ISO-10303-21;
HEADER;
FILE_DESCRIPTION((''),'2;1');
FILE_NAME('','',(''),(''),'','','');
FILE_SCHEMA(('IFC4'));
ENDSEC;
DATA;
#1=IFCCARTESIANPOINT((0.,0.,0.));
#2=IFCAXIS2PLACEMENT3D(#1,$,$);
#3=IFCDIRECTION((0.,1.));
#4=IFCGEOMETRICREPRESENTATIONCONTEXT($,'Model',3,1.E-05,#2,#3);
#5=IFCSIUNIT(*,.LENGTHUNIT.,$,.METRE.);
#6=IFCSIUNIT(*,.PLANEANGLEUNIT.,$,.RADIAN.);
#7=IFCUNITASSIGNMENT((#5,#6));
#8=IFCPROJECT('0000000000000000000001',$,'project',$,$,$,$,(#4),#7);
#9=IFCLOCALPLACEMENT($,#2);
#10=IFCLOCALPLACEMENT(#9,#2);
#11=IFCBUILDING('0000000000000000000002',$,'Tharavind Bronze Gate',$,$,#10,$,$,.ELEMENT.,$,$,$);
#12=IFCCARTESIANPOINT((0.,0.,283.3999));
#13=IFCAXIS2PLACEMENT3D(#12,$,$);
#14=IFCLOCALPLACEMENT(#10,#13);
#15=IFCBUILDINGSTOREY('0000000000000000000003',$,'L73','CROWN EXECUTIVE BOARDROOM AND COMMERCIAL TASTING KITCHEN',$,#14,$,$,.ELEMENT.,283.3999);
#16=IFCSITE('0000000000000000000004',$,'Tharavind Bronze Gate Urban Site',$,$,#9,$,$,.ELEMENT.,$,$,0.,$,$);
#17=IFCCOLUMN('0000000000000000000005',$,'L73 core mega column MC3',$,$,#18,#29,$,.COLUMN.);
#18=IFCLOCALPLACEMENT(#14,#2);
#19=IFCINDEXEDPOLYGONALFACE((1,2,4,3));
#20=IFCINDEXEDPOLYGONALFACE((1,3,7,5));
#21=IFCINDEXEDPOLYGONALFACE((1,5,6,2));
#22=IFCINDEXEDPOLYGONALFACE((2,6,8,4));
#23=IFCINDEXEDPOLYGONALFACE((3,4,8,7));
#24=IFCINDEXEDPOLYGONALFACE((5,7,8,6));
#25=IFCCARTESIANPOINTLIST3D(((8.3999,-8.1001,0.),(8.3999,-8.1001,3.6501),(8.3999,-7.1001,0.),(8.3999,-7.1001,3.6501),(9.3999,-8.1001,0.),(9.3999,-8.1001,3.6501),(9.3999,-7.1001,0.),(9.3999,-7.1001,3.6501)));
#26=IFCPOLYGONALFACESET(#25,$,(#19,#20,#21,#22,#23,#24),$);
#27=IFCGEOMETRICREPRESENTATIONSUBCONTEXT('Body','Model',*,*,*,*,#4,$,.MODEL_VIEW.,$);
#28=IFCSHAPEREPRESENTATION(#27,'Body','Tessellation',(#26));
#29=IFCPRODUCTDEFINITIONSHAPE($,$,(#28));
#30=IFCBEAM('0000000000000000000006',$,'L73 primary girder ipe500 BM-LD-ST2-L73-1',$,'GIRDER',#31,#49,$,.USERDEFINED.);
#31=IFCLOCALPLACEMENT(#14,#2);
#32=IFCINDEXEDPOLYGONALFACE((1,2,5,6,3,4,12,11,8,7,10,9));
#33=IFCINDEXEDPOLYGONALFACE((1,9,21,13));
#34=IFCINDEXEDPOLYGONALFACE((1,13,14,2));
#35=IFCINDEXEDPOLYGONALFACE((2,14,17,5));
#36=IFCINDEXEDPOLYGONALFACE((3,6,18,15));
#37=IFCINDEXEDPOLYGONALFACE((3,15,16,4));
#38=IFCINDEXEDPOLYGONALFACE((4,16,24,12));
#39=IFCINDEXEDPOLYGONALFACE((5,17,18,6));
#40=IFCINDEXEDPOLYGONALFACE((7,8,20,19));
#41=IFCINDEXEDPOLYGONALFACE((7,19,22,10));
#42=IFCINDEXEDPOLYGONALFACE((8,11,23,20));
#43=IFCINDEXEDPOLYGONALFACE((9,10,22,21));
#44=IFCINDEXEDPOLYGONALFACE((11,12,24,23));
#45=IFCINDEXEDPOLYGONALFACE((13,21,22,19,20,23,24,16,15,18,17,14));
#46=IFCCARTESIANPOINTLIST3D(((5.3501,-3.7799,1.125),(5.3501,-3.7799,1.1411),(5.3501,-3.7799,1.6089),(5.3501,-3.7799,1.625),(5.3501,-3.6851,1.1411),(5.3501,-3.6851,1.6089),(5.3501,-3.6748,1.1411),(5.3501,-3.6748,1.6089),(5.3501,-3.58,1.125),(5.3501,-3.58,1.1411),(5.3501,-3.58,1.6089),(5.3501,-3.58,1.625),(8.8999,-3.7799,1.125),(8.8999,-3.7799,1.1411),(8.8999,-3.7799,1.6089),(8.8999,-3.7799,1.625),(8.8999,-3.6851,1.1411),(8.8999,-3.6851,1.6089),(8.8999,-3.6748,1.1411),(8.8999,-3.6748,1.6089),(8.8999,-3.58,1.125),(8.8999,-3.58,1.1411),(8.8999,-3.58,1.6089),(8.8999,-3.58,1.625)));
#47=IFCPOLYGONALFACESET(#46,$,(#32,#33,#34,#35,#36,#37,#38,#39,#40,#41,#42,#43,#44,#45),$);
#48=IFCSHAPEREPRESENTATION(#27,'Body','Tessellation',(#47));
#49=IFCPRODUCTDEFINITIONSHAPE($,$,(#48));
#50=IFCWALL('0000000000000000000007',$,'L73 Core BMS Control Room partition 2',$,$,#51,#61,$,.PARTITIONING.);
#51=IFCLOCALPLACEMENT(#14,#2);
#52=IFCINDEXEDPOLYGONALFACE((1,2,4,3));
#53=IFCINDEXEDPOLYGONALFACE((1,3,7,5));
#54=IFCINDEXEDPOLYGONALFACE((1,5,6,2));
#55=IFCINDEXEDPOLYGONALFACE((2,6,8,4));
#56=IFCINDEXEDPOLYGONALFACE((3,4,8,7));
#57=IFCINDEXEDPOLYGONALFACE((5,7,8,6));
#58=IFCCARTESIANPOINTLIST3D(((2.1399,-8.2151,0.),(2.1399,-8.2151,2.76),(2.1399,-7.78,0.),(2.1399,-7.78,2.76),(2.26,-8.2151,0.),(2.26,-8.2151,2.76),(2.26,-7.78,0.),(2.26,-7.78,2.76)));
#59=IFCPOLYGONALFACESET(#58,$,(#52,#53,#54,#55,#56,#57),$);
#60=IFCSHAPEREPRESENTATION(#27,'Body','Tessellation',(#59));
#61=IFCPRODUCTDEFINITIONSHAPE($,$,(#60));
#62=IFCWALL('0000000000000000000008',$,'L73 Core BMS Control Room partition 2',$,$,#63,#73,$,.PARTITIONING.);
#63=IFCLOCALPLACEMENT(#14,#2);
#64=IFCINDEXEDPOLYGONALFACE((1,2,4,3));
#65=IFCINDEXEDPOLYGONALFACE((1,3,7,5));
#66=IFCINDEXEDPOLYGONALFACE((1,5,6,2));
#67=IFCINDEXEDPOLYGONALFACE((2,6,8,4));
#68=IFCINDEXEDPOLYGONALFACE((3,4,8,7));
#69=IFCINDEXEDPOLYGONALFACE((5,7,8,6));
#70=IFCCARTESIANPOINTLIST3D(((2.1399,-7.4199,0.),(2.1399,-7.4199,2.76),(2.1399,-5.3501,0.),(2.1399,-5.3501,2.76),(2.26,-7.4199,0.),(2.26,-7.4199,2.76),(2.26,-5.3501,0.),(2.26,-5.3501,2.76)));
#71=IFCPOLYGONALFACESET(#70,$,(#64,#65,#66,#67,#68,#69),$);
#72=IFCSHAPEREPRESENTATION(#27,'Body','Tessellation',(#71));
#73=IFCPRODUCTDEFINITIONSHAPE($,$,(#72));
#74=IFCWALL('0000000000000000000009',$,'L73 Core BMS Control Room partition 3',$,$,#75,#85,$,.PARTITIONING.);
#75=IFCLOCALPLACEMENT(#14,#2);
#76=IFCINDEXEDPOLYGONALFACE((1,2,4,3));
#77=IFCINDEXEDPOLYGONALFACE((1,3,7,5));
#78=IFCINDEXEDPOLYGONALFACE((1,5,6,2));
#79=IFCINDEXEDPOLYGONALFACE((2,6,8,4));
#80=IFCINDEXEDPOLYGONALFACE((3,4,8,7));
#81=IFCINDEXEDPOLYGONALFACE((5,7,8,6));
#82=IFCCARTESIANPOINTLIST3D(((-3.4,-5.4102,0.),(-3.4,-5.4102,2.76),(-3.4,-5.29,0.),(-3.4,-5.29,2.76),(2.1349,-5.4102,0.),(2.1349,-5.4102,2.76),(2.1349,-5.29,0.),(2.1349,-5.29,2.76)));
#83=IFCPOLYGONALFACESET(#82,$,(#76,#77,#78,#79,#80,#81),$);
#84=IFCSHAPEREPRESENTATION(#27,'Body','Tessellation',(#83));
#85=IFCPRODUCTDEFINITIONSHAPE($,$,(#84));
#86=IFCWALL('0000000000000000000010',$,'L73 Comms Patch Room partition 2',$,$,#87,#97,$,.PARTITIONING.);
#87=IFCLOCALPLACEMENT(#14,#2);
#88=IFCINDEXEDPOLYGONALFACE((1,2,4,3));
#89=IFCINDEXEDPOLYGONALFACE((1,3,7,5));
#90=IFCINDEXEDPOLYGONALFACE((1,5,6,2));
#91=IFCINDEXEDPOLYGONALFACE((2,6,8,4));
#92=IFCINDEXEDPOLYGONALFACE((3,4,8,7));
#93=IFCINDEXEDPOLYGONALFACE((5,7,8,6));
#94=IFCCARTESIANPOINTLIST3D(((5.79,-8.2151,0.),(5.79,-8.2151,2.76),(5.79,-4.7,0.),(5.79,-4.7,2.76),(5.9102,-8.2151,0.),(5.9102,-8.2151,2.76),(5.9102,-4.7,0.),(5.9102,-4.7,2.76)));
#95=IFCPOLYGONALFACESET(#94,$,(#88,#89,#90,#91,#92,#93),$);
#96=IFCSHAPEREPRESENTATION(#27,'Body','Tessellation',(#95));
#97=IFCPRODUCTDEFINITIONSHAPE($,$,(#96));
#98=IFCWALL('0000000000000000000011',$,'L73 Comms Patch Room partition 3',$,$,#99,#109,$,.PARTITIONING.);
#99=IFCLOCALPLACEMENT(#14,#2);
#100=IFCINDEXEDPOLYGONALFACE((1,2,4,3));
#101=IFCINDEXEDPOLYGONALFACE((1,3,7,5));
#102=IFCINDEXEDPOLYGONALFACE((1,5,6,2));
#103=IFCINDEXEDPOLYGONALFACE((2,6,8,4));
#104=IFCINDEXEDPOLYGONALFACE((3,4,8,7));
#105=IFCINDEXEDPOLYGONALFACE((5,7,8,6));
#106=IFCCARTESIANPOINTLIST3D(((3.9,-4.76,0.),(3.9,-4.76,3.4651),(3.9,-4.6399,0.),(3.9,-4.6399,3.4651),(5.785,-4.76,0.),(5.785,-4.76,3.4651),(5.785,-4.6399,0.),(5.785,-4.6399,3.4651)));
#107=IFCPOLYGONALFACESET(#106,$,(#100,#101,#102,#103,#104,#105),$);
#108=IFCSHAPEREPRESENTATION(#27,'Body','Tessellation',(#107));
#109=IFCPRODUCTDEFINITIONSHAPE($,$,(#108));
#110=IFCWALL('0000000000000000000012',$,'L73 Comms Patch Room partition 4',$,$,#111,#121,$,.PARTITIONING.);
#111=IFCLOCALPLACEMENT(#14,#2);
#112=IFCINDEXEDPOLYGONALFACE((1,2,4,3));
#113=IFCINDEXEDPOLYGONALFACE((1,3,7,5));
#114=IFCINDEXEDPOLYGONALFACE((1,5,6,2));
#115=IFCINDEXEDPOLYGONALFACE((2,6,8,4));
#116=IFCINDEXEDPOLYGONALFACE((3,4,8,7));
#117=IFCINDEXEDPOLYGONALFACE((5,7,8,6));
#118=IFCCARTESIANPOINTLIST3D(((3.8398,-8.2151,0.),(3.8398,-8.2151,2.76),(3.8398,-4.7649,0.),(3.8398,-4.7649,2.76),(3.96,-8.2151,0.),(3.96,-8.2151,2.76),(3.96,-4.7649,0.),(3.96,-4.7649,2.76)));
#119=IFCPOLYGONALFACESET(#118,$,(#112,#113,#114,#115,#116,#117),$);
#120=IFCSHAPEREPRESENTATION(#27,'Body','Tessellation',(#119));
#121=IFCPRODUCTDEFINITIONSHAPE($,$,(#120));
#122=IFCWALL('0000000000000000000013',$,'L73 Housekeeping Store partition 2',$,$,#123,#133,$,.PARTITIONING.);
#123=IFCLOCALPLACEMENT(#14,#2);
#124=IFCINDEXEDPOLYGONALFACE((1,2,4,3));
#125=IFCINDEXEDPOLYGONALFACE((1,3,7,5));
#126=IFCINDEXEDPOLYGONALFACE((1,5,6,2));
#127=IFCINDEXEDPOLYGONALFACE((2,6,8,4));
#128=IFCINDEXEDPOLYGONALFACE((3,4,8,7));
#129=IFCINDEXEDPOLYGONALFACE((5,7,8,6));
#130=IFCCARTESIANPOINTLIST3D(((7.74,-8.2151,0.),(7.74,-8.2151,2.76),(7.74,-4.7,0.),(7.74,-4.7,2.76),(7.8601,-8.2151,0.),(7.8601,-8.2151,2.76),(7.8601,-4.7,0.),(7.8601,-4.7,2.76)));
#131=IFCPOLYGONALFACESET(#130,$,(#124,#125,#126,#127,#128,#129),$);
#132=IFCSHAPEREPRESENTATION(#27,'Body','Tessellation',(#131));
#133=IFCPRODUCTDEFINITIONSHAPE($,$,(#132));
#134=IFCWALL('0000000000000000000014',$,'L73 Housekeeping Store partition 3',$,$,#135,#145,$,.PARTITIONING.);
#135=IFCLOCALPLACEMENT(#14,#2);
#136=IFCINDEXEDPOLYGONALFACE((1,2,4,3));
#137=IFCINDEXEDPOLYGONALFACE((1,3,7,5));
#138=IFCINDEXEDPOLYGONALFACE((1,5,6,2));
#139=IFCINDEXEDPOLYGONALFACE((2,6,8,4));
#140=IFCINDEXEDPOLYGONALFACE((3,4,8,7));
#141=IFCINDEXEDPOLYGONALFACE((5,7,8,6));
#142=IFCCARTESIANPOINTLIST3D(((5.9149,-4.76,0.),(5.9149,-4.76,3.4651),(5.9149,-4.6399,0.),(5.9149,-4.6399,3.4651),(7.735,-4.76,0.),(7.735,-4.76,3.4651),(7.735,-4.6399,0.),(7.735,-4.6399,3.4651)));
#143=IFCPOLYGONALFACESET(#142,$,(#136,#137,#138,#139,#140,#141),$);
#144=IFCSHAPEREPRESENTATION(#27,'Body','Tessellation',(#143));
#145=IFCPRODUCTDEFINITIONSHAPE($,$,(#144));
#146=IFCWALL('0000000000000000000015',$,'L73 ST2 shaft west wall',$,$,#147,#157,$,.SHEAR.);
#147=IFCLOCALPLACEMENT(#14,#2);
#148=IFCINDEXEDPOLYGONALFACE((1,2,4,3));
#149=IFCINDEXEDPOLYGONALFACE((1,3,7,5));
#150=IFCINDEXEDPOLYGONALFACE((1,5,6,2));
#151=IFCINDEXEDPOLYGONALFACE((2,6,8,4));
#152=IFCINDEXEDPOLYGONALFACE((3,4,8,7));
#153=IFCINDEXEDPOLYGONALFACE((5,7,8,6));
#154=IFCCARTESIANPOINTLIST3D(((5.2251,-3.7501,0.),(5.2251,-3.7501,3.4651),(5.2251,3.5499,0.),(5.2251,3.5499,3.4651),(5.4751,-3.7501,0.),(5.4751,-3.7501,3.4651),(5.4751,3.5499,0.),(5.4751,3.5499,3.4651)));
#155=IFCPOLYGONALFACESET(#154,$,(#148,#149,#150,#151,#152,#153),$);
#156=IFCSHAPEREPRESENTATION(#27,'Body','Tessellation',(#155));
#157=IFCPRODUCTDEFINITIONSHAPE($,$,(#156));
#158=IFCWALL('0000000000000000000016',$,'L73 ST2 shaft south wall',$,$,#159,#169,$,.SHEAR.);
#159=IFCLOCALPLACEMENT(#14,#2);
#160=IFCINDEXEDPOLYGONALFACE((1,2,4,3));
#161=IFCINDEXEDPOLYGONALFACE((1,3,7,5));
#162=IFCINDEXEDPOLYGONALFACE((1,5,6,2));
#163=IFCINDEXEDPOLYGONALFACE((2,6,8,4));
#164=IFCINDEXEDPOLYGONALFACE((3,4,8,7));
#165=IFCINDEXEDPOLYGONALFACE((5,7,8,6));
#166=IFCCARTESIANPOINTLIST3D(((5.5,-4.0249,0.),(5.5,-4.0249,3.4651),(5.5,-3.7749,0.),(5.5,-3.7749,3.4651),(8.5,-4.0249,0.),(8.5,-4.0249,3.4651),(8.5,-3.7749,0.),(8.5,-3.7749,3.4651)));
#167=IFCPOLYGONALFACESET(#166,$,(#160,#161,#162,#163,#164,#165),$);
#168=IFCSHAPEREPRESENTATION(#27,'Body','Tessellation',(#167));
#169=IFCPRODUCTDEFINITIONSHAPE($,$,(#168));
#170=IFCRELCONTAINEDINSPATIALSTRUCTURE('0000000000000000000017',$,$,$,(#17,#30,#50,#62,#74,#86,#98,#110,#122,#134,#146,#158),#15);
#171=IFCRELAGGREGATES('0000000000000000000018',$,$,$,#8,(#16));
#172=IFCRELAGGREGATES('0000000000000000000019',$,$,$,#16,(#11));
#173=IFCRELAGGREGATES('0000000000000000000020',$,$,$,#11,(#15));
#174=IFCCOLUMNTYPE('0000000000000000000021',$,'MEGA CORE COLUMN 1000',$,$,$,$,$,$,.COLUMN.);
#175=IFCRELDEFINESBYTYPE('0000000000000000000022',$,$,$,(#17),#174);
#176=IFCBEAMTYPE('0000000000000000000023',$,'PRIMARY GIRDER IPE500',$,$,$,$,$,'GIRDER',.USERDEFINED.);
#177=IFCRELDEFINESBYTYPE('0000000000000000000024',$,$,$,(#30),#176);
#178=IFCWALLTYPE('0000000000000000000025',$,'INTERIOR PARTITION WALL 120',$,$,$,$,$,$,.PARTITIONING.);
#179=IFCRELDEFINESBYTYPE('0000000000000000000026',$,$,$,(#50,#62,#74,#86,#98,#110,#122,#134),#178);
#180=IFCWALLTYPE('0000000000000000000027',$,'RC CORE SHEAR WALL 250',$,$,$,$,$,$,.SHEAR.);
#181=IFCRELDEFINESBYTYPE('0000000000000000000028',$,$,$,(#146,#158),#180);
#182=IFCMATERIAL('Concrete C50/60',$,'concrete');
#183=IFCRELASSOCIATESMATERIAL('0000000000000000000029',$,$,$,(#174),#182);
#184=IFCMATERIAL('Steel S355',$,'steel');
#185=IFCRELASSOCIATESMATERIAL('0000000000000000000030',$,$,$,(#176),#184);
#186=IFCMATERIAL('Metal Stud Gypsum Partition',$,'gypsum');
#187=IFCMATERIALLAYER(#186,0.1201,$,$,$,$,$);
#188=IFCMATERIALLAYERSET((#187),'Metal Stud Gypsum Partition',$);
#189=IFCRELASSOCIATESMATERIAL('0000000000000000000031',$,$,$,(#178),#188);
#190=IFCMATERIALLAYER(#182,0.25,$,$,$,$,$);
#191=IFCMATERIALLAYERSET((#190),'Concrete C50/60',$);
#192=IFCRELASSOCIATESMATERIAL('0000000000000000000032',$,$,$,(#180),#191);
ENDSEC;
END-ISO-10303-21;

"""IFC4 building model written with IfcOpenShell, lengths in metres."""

from ifc_helpers import new_model, si_unit, direction, frame, frame_2d, origin, origin_2d, place, context, subcontext, project, spatial, rectangle, i_section, extrude, material, layer, layer_set, material_profile, profile_set, type_object, element, save


model = new_model("IFC4")

# Units and contexts
model_context = context("Model", 3, precision=1e-05, world=origin(), true_north=direction((0.0, 1.0)))
body_context = subcontext(model_context, "Body", "Model", "MODEL_VIEW")
ifc_project = project(units=[si_unit("LENGTHUNIT", "METRE"), si_unit("PLANEANGLEUNIT", "RADIAN")], contexts=[model_context])

# Site, building, storey
site_placement = place(None, origin())
site = spatial("IfcSite", under=ifc_project, at=site_placement, Name="Tharavind Bronze Gate Urban Site", CompositionType="ELEMENT", RefElevation=0.0)
building_placement = place(site_placement, origin())
building = spatial("IfcBuilding", under=site, at=building_placement, Name="Tharavind Bronze Gate", CompositionType="ELEMENT")
storey_placement = place(building_placement, frame((0.0, 0.0, 283.3999)))
storey = spatial("IfcBuildingStorey", under=building, at=storey_placement, Name="L73", Description="CROWN EXECUTIVE BOARDROOM AND COMMERCIAL TASTING KITCHEN", CompositionType="ELEMENT", Elevation=283.3999)

# Column
ifc_material_1 = material(Name="Concrete C50/60", Category="concrete")
ifc_material_profile_1 = material_profile(ifc_material_1, rectangle(XDim=1.0, YDim=1.0, at=origin_2d()), Name="RCCOL1000")
ifc_profile_set_1 = profile_set([ifc_material_profile_1], Name="Concrete C50/60")
column_type = type_object("IfcColumnType", Name="MEGA CORE COLUMN 1000", PredefinedType="COLUMN", material=ifc_profile_set_1)
column_placement = place(storey_placement, frame((8.8999, -7.6001, 0.0), z_axis=(0.0, 0.0, 1.0), x_axis=(1.0, 0.0, 0.0)))
element("IfcColumn", 1, at=column_placement, inside=storey, type_object=column_type, Name="L73 core mega column MC3", PredefinedType="COLUMN", context=body_context, shape_type="SweptSolid", body=[
    extrude(rectangle(XDim=1.0, YDim=1.0, at=origin_2d()), origin(), (0.0, 0.0, 1.0), 3.6501),
])

# Beam
ifc_material_2 = material(Name="Steel S355", Category="steel")
ifc_material_profile_2 = material_profile(ifc_material_2, i_section(OverallWidth=0.2, OverallDepth=0.5, WebThickness=0.0103, FlangeThickness=0.0161, at=origin_2d()), Name="IPE500")
ifc_profile_set_2 = profile_set([ifc_material_profile_2], Name="Steel S355")
beam_type = type_object("IfcBeamType", Name="PRIMARY GIRDER IPE500", ElementType="GIRDER", PredefinedType="USERDEFINED", material=ifc_profile_set_2)
beam_placement = place(storey_placement, frame((5.3501, -3.6799, 1.375), z_axis=(1.0, 0.0, 0.0), x_axis=(0.0, 1.0, 0.0)))
element("IfcBeam", 2, at=beam_placement, inside=storey, type_object=beam_type, Name="L73 primary girder ipe500 BM-LD-ST2-L73-1", ObjectType="GIRDER", PredefinedType="USERDEFINED", context=body_context, shape_type="SweptSolid", body=[
    extrude(i_section(OverallWidth=0.2, OverallDepth=0.5, WebThickness=0.0103, FlangeThickness=0.0161, at=origin_2d()), origin(), (0.0, 0.0, 1.0), 3.5498),
])

# Walls
ifc_material_3 = material(Name="Metal Stud Gypsum Partition", Category="gypsum")
ifc_layer_1 = layer(ifc_material_3, 0.1201)
ifc_layer_set_1 = layer_set([ifc_layer_1], Name="Metal Stud Gypsum Partition")
wall_type_1 = type_object("IfcWallType", Name="INTERIOR PARTITION WALL 120", PredefinedType="PARTITIONING", material=ifc_layer_set_1)
wall_1_placement = place(storey_placement, frame((2.2, -8.2151, 0.0), z_axis=(0.0, 0.0, 1.0), x_axis=(0.0, 1.0, 0.0)))
element("IfcWall", 3, at=wall_1_placement, inside=storey, type_object=wall_type_1, Name="L73 Core BMS Control Room partition 2", PredefinedType="PARTITIONING", context=body_context, shape_type="SweptSolid", body=[
    extrude(rectangle(XDim=0.4351, YDim=0.1201, at=frame_2d((0.2175, 0.0))), origin(), (0.0, 0.0, 1.0), 2.76),
])
wall_2_placement = place(storey_placement, frame((2.2, -7.4199, 0.0), z_axis=(0.0, 0.0, 1.0), x_axis=(0.0, 1.0, 0.0)))
element("IfcWall", 4, at=wall_2_placement, inside=storey, type_object=wall_type_1, Name="L73 Core BMS Control Room partition 2", PredefinedType="PARTITIONING", context=body_context, shape_type="SweptSolid", body=[
    extrude(rectangle(XDim=2.0698, YDim=0.1201, at=frame_2d((1.0349, 0.0))), origin(), (0.0, 0.0, 1.0), 2.76),
])
wall_3_placement = place(storey_placement, frame((2.135, -5.3501, 0.0), z_axis=(0.0, 0.0, 1.0), x_axis=(-1.0, 0.0, 0.0)))
element("IfcWall", 5, at=wall_3_placement, inside=storey, type_object=wall_type_1, Name="L73 Core BMS Control Room partition 3", PredefinedType="PARTITIONING", context=body_context, shape_type="SweptSolid", body=[
    extrude(rectangle(XDim=5.5349, YDim=0.1201, at=frame_2d((2.7676, 0.0))), origin(), (0.0, 0.0, 1.0), 2.76),
])
wall_4_placement = place(storey_placement, frame((5.8501, -8.2151, 0.0), z_axis=(0.0, 0.0, 1.0), x_axis=(0.0, 1.0, 0.0)))
element("IfcWall", 6, at=wall_4_placement, inside=storey, type_object=wall_type_1, Name="L73 Comms Patch Room partition 2", PredefinedType="PARTITIONING", context=body_context, shape_type="SweptSolid", body=[
    extrude(rectangle(XDim=3.5151, YDim=0.1201, at=frame_2d((1.7576, 0.0))), origin(), (0.0, 0.0, 1.0), 2.76),
])
wall_5_placement = place(storey_placement, frame((5.7849, -4.7, 0.0), z_axis=(0.0, 0.0, 1.0), x_axis=(-1.0, 0.0, 0.0)))
element("IfcWall", 7, at=wall_5_placement, inside=storey, type_object=wall_type_1, Name="L73 Comms Patch Room partition 3", PredefinedType="PARTITIONING", context=body_context, shape_type="SweptSolid", body=[
    extrude(rectangle(XDim=1.885, YDim=0.1201, at=frame_2d((0.9424, 0.0))), origin(), (0.0, 0.0, 1.0), 3.4651),
])
wall_6_placement = place(storey_placement, frame((3.8999, -4.7649, 0.0), z_axis=(0.0, 0.0, 1.0), x_axis=(0.0, -1.0, 0.0)))
element("IfcWall", 8, at=wall_6_placement, inside=storey, type_object=wall_type_1, Name="L73 Comms Patch Room partition 4", PredefinedType="PARTITIONING", context=body_context, shape_type="SweptSolid", body=[
    extrude(rectangle(XDim=3.4502, YDim=0.1201, at=frame_2d((1.7251, 0.0))), origin(), (0.0, 0.0, 1.0), 2.76),
])
wall_7_placement = place(storey_placement, frame((7.8, -8.2151, 0.0), z_axis=(0.0, 0.0, 1.0), x_axis=(0.0, 1.0, 0.0)))
element("IfcWall", 9, at=wall_7_placement, inside=storey, type_object=wall_type_1, Name="L73 Housekeeping Store partition 2", PredefinedType="PARTITIONING", context=body_context, shape_type="SweptSolid", body=[
    extrude(rectangle(XDim=3.5151, YDim=0.1201, at=frame_2d((1.7576, 0.0))), origin(), (0.0, 0.0, 1.0), 2.76),
])
wall_8_placement = place(storey_placement, frame((7.7351, -4.7, 0.0), z_axis=(0.0, 0.0, 1.0), x_axis=(-1.0, 0.0, 0.0)))
element("IfcWall", 10, at=wall_8_placement, inside=storey, type_object=wall_type_1, Name="L73 Housekeeping Store partition 3", PredefinedType="PARTITIONING", context=body_context, shape_type="SweptSolid", body=[
    extrude(rectangle(XDim=1.8201, YDim=0.1201, at=frame_2d((0.9102, 0.0))), origin(), (0.0, 0.0, 1.0), 3.4651),
])
ifc_layer_2 = layer(ifc_material_1, 0.25)
ifc_layer_set_2 = layer_set([ifc_layer_2], Name="Concrete C50/60")
wall_type_2 = type_object("IfcWallType", Name="RC CORE SHEAR WALL 250", PredefinedType="SHEAR", material=ifc_layer_set_2)
wall_9_placement = place(storey_placement, frame((5.3501, -3.75, 0.0), z_axis=(0.0, 0.0, 1.0), x_axis=(0.0, 1.0, 0.0)))
element("IfcWall", 11, at=wall_9_placement, inside=storey, type_object=wall_type_2, Name="L73 ST2 shaft west wall", PredefinedType="SHEAR", context=body_context, shape_type="SweptSolid", body=[
    extrude(rectangle(XDim=7.3, YDim=0.25, at=frame_2d((3.6499, 0.0))), origin(), (0.0, 0.0, 1.0), 3.4651),
])
wall_10_placement = place(storey_placement, frame((5.5, -3.8999, 0.0), z_axis=(0.0, 0.0, 1.0), x_axis=(1.0, 0.0, 0.0)))
element("IfcWall", 12, at=wall_10_placement, inside=storey, type_object=wall_type_2, Name="L73 ST2 shaft south wall", PredefinedType="SHEAR", context=body_context, shape_type="SweptSolid", body=[
    extrude(rectangle(XDim=3.0, YDim=0.25, at=frame_2d((1.5, 0.0))), origin(), (0.0, 0.0, 1.0), 3.4651),
])

save(model, "model.ifc")
